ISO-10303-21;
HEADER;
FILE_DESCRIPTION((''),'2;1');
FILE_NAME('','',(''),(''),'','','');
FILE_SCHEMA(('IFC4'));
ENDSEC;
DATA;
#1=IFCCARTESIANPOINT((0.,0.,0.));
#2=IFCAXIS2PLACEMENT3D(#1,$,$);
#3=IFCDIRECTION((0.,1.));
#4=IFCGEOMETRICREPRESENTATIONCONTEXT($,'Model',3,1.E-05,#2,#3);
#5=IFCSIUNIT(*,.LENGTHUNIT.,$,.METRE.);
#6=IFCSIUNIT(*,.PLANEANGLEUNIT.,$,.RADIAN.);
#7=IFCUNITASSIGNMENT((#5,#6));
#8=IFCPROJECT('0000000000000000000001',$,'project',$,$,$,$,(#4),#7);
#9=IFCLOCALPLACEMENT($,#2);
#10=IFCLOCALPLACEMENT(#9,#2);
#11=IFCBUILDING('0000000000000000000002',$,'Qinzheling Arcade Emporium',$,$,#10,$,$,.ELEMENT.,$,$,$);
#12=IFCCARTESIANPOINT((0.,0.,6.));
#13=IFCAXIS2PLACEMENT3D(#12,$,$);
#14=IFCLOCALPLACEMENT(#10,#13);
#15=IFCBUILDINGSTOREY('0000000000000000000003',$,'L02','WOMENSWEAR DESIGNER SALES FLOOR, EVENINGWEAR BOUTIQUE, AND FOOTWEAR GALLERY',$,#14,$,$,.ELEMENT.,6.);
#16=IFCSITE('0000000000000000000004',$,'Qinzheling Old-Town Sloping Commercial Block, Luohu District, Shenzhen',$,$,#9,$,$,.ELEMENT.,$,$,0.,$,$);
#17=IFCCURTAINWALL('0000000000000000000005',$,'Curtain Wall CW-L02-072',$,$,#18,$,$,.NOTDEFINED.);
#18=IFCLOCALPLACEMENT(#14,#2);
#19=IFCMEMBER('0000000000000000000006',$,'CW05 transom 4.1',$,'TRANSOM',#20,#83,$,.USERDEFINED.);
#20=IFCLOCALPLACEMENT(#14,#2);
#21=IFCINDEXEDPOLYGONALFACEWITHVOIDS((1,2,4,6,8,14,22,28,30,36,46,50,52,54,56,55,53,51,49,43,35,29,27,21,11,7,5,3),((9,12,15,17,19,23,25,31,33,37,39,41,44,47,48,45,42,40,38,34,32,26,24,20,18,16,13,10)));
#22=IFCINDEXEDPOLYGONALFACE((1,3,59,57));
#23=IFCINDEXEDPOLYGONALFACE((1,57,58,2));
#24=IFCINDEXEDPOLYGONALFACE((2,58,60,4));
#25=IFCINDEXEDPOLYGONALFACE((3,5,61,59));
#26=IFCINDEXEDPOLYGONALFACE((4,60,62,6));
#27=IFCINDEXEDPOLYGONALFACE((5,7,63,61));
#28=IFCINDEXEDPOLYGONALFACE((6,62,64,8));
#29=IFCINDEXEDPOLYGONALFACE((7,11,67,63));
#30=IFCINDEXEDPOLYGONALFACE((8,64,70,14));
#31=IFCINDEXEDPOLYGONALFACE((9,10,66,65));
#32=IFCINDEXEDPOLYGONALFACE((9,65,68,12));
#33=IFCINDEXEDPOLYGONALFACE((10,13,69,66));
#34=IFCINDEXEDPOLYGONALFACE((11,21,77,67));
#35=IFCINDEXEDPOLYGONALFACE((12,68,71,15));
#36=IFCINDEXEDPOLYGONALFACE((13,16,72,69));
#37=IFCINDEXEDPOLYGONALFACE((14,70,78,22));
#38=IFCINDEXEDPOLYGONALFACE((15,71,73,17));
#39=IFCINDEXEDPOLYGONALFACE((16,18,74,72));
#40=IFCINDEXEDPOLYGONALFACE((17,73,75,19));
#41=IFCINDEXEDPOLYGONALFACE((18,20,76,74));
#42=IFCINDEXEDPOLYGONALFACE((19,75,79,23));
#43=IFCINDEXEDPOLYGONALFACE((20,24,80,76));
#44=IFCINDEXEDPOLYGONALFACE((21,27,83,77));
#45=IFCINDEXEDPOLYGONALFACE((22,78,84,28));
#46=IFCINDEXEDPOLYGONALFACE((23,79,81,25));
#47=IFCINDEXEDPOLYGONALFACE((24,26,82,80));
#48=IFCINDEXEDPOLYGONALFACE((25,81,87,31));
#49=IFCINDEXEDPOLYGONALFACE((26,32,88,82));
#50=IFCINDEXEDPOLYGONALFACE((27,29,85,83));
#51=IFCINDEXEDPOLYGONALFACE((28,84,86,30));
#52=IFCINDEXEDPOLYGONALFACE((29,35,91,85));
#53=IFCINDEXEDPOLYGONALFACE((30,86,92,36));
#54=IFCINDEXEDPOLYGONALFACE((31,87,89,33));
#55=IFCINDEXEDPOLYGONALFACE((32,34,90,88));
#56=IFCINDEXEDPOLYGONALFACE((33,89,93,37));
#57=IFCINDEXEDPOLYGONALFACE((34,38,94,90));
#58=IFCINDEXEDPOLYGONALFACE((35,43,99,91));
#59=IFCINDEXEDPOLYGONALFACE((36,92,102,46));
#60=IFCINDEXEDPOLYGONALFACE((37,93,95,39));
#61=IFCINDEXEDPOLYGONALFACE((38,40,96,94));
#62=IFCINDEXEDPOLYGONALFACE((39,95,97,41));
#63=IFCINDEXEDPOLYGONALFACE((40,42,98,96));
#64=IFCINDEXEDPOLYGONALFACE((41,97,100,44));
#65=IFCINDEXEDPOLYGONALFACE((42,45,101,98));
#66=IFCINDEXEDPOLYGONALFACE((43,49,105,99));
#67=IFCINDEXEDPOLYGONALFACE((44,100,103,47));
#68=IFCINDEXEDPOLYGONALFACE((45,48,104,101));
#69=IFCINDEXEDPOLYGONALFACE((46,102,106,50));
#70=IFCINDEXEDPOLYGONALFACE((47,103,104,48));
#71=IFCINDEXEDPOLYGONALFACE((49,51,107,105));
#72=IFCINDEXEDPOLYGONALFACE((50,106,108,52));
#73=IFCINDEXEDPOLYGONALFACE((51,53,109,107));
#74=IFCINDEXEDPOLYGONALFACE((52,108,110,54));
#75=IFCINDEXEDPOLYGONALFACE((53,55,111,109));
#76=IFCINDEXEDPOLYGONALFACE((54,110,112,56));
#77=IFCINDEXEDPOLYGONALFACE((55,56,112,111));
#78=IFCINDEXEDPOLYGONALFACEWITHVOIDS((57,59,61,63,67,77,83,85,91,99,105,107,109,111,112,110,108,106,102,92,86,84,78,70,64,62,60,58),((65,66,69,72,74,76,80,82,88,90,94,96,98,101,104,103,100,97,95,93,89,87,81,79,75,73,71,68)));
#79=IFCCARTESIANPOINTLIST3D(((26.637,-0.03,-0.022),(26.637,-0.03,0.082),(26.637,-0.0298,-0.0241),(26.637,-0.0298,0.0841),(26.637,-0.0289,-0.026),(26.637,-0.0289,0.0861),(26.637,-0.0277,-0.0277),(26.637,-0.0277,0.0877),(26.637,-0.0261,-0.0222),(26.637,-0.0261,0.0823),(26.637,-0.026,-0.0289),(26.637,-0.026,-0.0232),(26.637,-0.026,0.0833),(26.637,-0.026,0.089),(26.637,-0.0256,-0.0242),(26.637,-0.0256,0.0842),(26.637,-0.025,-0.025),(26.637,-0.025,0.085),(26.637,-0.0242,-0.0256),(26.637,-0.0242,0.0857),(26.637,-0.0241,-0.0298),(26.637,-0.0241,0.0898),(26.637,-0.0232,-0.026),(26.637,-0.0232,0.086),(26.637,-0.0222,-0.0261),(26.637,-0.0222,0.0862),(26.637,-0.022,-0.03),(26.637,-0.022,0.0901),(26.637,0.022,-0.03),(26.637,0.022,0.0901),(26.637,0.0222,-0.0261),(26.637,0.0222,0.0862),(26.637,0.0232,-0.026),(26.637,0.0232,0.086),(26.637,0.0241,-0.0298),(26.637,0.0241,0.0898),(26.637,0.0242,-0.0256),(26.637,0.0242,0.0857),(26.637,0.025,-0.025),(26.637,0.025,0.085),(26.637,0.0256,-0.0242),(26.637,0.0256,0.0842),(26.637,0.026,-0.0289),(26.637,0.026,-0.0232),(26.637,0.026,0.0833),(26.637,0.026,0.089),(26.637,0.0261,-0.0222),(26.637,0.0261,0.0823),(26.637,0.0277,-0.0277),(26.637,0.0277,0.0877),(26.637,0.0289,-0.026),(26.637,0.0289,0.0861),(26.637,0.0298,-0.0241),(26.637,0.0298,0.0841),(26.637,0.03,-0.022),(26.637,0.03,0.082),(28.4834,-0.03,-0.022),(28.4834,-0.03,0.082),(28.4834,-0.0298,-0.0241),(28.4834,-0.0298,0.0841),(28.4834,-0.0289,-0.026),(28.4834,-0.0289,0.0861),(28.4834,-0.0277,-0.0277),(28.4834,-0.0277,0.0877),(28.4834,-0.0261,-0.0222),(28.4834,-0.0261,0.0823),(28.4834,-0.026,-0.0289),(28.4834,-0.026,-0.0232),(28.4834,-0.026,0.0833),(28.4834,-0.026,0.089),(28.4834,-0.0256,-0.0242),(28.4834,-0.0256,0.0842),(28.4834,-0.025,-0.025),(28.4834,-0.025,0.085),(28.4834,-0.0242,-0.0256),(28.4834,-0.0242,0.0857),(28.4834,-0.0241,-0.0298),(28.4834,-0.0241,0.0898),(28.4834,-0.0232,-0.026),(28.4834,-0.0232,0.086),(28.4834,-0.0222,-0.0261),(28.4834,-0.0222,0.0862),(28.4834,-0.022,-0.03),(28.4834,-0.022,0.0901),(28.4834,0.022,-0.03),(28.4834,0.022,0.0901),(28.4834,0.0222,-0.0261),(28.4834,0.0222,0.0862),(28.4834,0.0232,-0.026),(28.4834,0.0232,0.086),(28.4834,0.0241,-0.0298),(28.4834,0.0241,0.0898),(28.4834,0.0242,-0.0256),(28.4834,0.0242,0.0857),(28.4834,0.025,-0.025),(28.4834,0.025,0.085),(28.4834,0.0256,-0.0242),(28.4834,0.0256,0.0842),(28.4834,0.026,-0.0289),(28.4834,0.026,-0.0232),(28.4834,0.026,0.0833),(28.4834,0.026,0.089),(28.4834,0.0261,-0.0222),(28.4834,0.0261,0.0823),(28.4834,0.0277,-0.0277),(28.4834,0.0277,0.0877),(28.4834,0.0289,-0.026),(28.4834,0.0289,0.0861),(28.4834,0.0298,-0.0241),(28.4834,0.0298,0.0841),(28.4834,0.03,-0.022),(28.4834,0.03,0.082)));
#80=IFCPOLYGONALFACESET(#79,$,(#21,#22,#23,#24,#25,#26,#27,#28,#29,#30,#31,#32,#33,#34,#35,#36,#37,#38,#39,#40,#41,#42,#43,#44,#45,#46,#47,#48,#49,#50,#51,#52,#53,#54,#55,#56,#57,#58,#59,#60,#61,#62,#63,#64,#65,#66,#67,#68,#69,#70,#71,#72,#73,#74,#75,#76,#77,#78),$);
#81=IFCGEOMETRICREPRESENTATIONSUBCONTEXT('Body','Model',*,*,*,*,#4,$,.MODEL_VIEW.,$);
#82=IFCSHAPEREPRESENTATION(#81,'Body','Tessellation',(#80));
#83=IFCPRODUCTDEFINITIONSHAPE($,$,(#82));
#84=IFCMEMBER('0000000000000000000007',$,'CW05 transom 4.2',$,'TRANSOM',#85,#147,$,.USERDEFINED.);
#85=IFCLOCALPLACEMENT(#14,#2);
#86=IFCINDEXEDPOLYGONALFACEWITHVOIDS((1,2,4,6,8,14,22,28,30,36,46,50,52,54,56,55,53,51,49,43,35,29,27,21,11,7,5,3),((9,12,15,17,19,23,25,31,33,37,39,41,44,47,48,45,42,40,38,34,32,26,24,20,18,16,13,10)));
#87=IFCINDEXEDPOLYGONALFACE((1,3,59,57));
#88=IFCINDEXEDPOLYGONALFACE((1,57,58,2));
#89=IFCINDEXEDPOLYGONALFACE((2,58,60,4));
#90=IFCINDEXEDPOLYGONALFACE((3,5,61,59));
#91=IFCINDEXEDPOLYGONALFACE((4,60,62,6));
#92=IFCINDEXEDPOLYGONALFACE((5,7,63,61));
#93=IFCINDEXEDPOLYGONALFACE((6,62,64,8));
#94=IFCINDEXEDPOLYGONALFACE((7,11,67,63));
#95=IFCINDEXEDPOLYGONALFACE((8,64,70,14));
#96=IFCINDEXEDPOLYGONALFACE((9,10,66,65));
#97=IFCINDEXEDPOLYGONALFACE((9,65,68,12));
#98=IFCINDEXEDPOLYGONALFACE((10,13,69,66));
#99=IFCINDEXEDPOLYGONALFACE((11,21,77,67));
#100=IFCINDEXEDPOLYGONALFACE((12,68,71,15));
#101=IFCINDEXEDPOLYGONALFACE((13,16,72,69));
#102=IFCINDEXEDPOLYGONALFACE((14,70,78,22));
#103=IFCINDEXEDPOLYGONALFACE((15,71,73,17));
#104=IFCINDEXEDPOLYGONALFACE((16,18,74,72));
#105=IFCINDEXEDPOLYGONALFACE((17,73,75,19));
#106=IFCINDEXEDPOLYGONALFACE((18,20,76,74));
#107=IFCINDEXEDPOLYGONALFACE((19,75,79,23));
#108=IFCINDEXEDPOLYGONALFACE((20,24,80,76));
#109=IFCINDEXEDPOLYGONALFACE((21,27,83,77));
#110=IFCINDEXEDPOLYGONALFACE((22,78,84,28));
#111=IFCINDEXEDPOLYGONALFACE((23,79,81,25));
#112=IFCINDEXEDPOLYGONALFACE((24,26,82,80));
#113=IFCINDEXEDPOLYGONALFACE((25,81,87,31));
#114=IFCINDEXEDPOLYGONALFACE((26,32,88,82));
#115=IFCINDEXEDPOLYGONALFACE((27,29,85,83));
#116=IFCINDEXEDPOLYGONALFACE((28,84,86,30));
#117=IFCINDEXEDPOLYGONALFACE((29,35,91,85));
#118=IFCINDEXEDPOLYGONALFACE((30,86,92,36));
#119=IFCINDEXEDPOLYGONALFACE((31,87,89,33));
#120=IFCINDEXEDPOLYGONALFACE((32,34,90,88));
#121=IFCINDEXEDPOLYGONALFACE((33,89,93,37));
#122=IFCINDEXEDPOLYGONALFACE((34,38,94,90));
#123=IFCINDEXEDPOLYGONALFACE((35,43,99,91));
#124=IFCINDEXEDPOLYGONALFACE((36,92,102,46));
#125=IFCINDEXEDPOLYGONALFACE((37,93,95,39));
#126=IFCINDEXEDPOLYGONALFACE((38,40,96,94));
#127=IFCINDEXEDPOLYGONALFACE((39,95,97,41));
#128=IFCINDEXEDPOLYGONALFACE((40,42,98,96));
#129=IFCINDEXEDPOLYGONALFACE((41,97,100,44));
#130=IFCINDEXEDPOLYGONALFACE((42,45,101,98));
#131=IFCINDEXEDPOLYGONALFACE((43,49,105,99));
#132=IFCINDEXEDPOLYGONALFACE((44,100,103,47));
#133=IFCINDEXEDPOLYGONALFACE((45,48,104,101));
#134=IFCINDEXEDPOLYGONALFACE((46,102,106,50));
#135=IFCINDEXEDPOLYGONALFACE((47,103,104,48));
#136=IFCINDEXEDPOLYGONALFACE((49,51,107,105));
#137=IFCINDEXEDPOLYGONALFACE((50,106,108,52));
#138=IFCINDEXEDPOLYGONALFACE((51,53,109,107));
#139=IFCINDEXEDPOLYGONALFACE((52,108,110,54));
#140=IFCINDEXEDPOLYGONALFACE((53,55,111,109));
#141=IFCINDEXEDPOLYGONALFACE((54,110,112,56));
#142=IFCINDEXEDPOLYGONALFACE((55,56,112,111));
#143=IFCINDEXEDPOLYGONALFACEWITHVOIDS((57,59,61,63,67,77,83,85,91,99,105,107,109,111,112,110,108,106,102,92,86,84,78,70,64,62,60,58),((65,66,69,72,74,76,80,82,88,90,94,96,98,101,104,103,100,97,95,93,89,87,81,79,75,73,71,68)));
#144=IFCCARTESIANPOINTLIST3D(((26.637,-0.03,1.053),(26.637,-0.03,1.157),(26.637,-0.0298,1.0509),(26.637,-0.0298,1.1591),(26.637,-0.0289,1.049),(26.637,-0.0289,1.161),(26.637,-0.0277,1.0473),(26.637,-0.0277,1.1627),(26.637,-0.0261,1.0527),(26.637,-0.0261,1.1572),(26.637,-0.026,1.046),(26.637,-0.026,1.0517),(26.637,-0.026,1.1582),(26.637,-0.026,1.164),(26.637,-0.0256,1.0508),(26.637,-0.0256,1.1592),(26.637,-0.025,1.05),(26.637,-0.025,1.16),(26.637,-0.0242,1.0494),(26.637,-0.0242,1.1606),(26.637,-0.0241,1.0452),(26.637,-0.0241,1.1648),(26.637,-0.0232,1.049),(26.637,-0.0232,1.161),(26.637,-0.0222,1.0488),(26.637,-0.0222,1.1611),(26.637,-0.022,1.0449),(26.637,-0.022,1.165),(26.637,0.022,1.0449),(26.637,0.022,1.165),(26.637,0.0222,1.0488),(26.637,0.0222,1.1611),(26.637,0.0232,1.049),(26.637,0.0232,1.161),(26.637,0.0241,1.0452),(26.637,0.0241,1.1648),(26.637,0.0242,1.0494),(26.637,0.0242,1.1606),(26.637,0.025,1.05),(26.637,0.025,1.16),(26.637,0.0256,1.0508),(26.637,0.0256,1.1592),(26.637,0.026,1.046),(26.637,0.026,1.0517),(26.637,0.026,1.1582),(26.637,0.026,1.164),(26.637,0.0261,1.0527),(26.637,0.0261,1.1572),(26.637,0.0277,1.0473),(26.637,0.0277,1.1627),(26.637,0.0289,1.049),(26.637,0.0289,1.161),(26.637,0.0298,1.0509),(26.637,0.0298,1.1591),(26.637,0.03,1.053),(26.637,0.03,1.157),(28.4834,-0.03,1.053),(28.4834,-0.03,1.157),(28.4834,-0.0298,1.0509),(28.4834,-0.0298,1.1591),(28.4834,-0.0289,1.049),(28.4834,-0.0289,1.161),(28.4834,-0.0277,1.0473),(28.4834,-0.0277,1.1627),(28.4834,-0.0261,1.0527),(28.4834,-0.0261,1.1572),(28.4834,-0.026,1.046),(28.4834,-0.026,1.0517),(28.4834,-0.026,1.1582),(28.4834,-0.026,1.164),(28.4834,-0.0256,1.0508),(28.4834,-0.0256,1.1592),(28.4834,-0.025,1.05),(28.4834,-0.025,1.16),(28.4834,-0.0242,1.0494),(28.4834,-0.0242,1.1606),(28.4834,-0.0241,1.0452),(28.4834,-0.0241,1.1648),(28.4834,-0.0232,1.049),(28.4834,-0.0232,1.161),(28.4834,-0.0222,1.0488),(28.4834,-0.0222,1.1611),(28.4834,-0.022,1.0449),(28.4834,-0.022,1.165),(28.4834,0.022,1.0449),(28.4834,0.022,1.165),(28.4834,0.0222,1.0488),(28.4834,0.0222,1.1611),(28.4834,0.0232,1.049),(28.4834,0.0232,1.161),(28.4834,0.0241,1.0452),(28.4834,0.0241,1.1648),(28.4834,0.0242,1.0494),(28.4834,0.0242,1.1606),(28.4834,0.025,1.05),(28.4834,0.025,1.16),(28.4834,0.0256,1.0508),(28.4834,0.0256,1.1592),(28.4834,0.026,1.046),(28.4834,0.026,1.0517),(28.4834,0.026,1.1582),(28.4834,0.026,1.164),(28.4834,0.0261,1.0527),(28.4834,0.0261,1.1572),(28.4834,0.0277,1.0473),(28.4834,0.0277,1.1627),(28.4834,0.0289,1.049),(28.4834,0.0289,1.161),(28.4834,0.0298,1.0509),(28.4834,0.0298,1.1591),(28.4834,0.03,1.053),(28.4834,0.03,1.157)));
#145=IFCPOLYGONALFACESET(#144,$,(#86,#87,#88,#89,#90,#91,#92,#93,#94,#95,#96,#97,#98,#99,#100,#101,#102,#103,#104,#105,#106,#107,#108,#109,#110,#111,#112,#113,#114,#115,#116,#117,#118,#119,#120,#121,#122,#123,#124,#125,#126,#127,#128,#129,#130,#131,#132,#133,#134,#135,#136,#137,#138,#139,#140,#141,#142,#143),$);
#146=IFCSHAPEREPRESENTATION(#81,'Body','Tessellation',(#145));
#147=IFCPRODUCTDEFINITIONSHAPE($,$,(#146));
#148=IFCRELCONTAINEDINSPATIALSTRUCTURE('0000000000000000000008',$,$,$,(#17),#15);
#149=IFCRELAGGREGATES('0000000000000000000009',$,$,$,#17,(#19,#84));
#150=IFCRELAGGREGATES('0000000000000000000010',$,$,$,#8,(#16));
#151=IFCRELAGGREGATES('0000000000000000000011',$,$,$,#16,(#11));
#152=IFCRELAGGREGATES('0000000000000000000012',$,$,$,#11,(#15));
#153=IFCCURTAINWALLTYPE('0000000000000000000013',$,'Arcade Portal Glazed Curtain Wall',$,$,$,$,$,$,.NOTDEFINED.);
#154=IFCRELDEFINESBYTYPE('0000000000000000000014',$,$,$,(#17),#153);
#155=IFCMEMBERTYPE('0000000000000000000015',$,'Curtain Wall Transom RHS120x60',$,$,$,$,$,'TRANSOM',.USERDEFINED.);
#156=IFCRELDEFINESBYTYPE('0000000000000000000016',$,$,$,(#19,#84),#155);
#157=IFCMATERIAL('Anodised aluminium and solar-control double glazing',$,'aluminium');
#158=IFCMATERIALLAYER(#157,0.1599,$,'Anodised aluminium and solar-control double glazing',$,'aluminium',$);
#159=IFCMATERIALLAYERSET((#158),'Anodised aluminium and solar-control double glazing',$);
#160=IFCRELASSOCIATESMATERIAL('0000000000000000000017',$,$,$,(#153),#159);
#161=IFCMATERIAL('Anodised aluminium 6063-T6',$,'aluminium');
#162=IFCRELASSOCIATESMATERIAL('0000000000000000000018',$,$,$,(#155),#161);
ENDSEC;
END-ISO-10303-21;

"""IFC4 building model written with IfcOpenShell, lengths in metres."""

from ifc_helpers import new_model, si_unit, direction, frame, origin, origin_2d, place, context, subcontext, project, spatial, hollow_rectangle, extrude, material, layer, layer_set, material_profile, profile_set, type_object, element, aggregate, save


model = new_model("IFC4")

# Units and contexts
model_context = context("Model", 3, precision=1e-05, world=origin(), true_north=direction((0.0, 1.0)))
body_context = subcontext(model_context, "Body", "Model", "MODEL_VIEW")
ifc_project = project(units=[si_unit("LENGTHUNIT", "METRE"), si_unit("PLANEANGLEUNIT", "RADIAN")], contexts=[model_context])

# Site, building, storey
site_placement = place(None, origin())
site = spatial("IfcSite", under=ifc_project, at=site_placement, Name="Qinzheling Old-Town Sloping Commercial Block, Luohu District, Shenzhen", CompositionType="ELEMENT", RefElevation=0.0)
building_placement = place(site_placement, origin())
building = spatial("IfcBuilding", under=site, at=building_placement, Name="Qinzheling Arcade Emporium", CompositionType="ELEMENT")
storey_placement = place(building_placement, frame((0.0, 0.0, 6.0)))
storey = spatial("IfcBuildingStorey", under=building, at=storey_placement, Name="L02", Description="WOMENSWEAR DESIGNER SALES FLOOR, EVENINGWEAR BOUTIQUE, AND FOOTWEAR GALLERY", CompositionType="ELEMENT", Elevation=6.0)

# Curtain wall, members
ifc_material_1 = material(Name="Anodised aluminium and solar-control double glazing", Category="aluminium")
ifc_layer_1 = layer(ifc_material_1, 0.1599, Name="Anodised aluminium and solar-control double glazing", Category="aluminium")
ifc_layer_set_1 = layer_set([ifc_layer_1], Name="Anodised aluminium and solar-control double glazing")
curtain_wall_type = type_object("IfcCurtainWallType", Name="Arcade Portal Glazed Curtain Wall", PredefinedType="NOTDEFINED", material=ifc_layer_set_1)
curtain_wall_placement = place(storey_placement, origin())
curtain_wall = element("IfcCurtainWall", 1, at=curtain_wall_placement, inside=storey, type_object=curtain_wall_type, Name="Curtain Wall CW-L02-072", PredefinedType="NOTDEFINED")
ifc_material_2 = material(Name="Anodised aluminium 6063-T6", Category="aluminium")
ifc_material_profile_1 = material_profile(ifc_material_2, hollow_rectangle(XDim=0.0601, YDim=0.1201, WallThickness=0.0039, InnerFilletRadius=0.0039, OuterFilletRadius=0.0081, at=origin_2d()), Name="RHS 120x60x4", Category="aluminium")
ifc_profile_set_1 = profile_set([ifc_material_profile_1], Name="Anodised aluminium 6063-T6")
member_type_1 = type_object("IfcMemberType", Name="Curtain Wall Transom RHS120x60", ElementType="TRANSOM", PredefinedType="USERDEFINED", material=ifc_profile_set_1)
member_1_placement = place(storey_placement, frame((28.4834, 0.0, 0.03), z_axis=(-1.0, 0.0, 0.0), x_axis=(0.0, -1.0, 0.0)))
member_1 = element("IfcMember", 2, at=member_1_placement, type_object=member_type_1, Name="CW05 transom 4.1", ObjectType="TRANSOM", PredefinedType="USERDEFINED", context=body_context, shape_type="SweptSolid", body=[
    extrude(hollow_rectangle(XDim=0.0601, YDim=0.1201, WallThickness=0.0039, InnerFilletRadius=0.0039, OuterFilletRadius=0.0081, at=origin_2d()), origin(), (0.0, 0.0, 1.0), 1.8464),
])
member_2_placement = place(storey_placement, frame((28.4834, 0.0, 1.105), z_axis=(-1.0, 0.0, 0.0), x_axis=(0.0, -1.0, 0.0)))
member_2 = element("IfcMember", 3, at=member_2_placement, type_object=member_type_1, Name="CW05 transom 4.2", ObjectType="TRANSOM", PredefinedType="USERDEFINED", context=body_context, shape_type="SweptSolid", body=[
    extrude(hollow_rectangle(XDim=0.0601, YDim=0.1201, WallThickness=0.0039, InnerFilletRadius=0.0039, OuterFilletRadius=0.0081, at=origin_2d()), origin(), (0.0, 0.0, 1.0), 1.8464),
])

aggregate(curtain_wall, [member_1, member_2])

save(model, "model.ifc")
